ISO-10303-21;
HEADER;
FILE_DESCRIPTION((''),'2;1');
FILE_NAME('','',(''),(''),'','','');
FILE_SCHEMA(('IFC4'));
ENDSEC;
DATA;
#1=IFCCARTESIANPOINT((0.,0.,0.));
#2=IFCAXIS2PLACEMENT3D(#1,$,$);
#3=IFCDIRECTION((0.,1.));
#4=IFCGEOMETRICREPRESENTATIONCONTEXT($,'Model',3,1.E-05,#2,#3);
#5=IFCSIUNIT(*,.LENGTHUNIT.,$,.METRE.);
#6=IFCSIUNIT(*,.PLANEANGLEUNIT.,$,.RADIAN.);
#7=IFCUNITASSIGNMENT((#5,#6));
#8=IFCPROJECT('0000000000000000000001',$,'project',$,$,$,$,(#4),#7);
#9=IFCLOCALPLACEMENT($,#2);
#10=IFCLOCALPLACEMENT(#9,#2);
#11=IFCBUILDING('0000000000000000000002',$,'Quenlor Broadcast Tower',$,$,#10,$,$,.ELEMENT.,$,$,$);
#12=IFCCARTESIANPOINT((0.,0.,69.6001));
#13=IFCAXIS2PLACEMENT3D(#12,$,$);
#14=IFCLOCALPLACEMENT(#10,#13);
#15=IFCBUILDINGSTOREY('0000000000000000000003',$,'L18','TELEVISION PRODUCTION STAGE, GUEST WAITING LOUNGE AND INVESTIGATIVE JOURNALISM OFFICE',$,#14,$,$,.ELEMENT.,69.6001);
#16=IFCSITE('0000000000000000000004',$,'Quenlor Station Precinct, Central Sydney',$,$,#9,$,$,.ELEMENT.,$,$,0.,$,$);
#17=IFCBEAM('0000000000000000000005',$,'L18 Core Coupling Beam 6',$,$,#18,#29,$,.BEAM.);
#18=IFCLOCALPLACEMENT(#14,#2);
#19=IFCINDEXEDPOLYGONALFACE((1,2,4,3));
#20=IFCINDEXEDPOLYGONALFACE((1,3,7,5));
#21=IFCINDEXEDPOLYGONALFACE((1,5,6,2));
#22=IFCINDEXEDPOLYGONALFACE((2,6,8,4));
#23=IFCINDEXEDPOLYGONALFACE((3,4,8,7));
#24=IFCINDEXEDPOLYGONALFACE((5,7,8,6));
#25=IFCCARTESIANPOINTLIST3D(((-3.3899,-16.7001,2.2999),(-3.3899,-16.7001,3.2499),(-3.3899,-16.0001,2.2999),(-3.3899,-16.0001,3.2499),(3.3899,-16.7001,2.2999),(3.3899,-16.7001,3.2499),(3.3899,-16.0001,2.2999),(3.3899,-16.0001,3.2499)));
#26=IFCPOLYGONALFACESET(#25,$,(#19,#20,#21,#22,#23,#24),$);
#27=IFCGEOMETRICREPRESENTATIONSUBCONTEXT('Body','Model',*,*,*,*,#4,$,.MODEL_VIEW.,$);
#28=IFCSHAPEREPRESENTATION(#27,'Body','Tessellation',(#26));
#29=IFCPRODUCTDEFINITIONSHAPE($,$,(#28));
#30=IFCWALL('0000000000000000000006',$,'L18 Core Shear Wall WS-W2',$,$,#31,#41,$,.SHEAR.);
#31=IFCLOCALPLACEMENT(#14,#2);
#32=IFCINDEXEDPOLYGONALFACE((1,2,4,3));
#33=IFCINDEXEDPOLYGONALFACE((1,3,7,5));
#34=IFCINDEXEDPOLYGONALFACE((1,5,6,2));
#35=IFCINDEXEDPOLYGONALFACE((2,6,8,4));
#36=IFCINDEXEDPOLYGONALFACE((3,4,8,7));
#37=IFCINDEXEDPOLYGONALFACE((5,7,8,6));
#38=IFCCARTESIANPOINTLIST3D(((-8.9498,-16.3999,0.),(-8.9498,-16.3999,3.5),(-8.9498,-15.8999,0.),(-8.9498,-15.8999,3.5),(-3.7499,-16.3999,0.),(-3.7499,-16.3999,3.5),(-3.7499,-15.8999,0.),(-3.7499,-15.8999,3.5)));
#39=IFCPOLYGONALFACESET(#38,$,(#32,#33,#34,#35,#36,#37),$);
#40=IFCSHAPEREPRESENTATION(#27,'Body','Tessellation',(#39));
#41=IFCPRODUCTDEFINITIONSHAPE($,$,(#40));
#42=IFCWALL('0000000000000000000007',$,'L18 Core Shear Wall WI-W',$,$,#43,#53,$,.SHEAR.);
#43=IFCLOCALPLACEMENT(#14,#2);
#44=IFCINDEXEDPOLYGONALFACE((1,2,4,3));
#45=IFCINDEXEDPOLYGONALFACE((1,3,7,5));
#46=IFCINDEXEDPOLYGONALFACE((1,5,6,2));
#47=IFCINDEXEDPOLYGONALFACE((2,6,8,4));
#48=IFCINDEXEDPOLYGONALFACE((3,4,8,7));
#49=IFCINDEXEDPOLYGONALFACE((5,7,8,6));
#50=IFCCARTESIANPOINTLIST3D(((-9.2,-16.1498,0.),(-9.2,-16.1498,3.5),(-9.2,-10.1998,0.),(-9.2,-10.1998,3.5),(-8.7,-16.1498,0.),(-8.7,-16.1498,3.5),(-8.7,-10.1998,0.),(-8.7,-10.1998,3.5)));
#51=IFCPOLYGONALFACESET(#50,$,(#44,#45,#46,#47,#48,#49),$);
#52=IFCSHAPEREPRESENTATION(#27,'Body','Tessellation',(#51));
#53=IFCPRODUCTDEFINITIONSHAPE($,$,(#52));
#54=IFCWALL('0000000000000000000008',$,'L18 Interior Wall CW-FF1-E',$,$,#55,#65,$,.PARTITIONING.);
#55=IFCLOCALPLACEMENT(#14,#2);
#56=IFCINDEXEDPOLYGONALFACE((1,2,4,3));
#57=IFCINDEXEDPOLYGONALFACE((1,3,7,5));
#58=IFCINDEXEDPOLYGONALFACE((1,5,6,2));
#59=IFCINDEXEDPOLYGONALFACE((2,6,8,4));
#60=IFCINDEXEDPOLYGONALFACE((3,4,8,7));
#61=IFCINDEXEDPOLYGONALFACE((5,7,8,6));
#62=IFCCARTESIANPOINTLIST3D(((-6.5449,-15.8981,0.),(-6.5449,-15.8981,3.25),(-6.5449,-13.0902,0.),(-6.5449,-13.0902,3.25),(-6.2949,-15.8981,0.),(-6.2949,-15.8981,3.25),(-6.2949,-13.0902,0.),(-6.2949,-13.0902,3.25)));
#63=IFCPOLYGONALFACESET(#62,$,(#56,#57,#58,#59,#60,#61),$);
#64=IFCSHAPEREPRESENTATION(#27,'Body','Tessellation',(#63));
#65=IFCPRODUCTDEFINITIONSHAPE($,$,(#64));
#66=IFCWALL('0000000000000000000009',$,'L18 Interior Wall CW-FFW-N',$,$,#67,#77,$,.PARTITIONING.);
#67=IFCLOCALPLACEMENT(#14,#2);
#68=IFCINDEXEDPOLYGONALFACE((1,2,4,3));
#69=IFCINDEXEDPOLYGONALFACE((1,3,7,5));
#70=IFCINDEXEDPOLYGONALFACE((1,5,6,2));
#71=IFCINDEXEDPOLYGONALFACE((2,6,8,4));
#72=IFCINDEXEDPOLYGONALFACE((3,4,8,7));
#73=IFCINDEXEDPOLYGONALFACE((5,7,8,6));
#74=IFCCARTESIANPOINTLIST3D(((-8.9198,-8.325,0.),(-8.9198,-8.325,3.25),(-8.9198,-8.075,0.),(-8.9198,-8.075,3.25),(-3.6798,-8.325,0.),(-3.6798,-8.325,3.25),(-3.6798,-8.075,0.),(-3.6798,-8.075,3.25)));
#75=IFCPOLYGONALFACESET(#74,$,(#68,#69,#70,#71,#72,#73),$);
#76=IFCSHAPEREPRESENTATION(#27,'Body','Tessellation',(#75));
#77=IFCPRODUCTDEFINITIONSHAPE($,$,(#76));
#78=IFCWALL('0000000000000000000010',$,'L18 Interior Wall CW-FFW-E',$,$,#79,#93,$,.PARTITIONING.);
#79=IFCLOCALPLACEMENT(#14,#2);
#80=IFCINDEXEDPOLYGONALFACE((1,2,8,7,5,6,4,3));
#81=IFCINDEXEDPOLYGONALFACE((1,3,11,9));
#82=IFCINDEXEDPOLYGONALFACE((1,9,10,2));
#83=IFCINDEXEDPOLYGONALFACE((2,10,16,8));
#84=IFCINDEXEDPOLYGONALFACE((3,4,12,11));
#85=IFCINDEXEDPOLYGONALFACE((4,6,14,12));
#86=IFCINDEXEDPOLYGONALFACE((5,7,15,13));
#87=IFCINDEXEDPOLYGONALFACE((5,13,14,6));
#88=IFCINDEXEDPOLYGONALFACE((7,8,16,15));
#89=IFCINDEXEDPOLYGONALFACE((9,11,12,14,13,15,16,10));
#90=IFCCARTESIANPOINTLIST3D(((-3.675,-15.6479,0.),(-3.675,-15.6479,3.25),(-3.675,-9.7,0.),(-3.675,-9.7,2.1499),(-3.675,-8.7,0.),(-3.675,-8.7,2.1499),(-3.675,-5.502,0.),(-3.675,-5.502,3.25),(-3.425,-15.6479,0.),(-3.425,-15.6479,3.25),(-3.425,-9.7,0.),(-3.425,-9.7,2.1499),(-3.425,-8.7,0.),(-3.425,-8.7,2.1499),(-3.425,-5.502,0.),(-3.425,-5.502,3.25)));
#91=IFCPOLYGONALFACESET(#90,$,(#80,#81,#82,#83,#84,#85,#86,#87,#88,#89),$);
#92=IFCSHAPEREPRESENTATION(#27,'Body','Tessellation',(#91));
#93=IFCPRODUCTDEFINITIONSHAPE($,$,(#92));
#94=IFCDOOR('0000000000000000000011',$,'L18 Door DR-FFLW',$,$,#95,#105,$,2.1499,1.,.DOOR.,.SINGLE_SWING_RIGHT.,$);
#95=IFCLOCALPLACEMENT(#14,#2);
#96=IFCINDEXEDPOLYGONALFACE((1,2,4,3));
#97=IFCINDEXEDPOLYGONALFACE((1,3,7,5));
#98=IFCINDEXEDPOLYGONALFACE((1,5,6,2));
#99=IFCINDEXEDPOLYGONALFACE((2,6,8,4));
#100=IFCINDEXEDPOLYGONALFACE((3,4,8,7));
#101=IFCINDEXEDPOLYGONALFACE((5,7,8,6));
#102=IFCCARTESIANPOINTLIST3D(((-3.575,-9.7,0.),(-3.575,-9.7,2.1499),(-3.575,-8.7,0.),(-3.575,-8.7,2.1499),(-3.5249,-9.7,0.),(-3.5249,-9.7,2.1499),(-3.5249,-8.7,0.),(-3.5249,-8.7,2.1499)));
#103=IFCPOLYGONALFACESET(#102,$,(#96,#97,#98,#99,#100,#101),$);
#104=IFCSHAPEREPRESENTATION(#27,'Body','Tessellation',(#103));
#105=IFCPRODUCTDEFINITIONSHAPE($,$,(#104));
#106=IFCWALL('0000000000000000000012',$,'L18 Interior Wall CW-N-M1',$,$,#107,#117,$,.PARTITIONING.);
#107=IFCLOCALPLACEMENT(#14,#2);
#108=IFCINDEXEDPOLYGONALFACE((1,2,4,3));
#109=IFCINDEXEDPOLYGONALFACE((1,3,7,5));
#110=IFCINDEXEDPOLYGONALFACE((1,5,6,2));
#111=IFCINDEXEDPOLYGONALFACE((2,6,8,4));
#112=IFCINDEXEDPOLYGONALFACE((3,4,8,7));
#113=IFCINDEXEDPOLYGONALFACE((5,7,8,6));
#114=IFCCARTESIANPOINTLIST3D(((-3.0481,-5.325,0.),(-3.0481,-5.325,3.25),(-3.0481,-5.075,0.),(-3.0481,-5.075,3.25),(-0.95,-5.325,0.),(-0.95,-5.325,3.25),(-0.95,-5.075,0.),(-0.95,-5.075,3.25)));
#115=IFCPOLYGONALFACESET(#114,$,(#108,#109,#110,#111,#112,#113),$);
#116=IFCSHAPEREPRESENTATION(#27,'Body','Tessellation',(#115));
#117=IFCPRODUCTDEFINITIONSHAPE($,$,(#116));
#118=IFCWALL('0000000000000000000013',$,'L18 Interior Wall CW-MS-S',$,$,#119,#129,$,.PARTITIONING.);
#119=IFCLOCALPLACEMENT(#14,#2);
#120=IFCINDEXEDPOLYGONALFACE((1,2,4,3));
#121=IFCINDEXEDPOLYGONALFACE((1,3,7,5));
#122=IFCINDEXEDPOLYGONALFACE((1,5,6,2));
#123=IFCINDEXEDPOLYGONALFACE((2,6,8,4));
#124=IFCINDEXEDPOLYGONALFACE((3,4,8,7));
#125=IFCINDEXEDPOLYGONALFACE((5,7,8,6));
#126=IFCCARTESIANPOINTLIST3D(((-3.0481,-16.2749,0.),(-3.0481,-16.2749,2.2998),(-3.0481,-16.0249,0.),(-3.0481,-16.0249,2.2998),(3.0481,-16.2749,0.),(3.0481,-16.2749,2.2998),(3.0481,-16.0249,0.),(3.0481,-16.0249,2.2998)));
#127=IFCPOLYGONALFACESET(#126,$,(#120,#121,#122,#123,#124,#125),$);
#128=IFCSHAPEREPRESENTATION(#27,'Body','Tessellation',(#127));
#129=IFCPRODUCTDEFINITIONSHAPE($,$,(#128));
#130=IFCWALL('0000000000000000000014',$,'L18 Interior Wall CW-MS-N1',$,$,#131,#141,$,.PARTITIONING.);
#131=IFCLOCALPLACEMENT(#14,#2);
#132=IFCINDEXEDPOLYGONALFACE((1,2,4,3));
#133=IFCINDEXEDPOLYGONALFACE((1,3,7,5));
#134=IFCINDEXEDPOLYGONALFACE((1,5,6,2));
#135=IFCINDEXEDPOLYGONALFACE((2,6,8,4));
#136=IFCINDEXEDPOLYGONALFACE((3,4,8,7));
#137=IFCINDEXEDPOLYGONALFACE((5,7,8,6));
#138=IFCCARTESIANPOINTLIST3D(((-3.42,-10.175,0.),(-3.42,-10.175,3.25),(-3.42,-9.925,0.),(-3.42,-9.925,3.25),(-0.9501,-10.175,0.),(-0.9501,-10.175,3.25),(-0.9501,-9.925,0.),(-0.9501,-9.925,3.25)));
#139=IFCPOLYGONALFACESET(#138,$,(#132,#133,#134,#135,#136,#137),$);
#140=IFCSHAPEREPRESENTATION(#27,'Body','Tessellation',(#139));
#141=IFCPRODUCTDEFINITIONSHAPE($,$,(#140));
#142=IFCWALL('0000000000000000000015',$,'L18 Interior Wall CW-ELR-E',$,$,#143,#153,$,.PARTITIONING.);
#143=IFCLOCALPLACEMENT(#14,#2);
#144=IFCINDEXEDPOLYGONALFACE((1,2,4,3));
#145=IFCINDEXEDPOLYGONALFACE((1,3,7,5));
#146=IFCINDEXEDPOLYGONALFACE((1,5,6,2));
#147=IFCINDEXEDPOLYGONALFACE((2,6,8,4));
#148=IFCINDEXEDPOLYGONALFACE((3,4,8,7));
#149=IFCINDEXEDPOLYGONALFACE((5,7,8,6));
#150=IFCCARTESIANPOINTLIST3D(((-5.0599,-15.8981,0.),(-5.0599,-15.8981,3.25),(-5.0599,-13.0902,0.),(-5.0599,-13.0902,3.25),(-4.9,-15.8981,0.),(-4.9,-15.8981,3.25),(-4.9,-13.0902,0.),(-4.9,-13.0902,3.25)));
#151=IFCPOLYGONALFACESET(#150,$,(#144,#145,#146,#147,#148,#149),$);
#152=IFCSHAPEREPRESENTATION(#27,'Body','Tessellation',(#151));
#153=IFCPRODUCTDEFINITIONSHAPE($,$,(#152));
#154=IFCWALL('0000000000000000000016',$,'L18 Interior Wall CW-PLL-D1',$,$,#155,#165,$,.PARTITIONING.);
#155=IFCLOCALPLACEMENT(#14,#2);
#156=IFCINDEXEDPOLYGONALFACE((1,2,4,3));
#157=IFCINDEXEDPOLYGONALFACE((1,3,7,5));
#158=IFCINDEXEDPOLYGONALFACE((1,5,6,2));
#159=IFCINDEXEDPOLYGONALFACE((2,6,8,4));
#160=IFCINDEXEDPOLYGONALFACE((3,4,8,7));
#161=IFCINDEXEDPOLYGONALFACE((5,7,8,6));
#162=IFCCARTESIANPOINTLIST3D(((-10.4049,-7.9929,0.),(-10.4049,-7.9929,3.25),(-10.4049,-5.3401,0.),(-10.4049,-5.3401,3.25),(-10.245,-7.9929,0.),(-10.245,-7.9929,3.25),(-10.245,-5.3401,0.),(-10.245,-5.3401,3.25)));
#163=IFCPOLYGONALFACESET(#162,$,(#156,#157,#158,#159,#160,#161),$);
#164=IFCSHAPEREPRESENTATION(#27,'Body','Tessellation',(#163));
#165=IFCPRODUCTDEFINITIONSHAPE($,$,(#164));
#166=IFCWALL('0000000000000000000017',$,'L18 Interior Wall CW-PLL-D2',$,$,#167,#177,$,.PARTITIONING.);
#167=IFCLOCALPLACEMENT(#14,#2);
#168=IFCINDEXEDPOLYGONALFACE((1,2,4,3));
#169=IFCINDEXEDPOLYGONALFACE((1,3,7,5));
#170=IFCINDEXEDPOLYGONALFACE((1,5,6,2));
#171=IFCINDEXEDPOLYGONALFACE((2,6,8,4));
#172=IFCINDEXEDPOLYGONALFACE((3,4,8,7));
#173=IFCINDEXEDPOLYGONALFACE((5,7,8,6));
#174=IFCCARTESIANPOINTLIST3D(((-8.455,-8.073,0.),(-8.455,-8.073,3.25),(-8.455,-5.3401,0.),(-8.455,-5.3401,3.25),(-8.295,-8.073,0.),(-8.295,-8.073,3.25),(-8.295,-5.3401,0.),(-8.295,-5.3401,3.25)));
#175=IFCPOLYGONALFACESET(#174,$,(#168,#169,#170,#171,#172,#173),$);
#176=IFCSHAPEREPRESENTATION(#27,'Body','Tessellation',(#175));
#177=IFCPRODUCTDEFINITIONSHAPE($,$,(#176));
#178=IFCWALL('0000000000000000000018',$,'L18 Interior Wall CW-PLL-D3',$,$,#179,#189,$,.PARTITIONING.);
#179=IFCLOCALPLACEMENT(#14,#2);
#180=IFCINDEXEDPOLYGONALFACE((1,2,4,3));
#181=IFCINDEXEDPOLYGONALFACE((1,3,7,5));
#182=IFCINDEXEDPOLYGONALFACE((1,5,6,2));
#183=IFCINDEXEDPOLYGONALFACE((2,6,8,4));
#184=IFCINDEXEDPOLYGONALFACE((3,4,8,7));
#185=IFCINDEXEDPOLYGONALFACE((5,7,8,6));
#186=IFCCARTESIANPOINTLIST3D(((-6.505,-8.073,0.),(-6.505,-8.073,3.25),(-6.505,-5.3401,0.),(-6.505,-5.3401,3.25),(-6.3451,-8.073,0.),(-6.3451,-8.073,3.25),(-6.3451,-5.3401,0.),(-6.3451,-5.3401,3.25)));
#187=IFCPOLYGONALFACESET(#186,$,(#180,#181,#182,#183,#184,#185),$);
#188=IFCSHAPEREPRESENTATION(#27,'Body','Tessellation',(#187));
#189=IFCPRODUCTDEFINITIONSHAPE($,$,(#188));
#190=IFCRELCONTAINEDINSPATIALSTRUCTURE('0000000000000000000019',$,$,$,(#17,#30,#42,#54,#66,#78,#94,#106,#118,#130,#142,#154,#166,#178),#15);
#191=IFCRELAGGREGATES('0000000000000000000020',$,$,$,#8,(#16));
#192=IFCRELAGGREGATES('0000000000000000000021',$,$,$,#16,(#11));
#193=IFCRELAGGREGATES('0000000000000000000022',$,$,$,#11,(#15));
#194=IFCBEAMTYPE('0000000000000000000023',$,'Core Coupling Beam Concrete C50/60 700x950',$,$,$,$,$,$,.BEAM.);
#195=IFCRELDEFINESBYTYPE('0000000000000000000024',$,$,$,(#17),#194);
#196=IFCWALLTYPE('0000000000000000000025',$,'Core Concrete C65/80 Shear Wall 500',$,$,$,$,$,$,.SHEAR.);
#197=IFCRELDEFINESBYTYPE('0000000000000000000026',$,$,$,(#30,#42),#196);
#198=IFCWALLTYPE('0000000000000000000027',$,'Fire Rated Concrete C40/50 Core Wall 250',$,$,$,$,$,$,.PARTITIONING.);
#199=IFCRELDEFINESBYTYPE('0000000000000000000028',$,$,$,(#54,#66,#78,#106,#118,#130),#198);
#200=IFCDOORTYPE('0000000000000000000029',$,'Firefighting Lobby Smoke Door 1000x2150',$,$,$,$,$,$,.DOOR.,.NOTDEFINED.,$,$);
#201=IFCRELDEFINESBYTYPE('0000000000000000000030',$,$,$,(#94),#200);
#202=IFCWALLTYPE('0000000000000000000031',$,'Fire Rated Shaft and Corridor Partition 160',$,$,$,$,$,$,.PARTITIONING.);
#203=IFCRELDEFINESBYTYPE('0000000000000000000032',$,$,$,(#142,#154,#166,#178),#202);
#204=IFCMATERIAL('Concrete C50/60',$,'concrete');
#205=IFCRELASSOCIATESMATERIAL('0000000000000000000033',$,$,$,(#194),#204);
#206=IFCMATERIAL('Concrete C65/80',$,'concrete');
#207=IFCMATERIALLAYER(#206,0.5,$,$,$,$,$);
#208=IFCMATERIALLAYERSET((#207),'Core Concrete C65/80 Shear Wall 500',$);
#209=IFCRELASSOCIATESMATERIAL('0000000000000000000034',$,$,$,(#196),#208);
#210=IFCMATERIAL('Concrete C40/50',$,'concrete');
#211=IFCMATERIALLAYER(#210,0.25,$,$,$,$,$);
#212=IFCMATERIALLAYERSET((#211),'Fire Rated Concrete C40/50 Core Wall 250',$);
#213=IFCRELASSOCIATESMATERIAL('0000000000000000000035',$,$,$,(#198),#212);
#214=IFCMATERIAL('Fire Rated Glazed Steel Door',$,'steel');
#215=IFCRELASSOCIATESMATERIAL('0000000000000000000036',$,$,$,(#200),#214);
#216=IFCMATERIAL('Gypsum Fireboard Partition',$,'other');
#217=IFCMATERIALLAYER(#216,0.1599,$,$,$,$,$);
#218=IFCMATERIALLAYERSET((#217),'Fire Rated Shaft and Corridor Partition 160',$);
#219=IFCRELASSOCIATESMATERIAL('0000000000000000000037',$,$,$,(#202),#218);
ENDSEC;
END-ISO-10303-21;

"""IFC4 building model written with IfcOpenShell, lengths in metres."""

from ifc_helpers import new_model, si_unit, direction, frame, frame_2d, origin, origin_2d, place, context, subcontext, project, spatial, rectangle, extrude, material, layer, layer_set, material_profile, profile_set, type_object, element, fill, save


model = new_model("IFC4")

# Units and contexts
model_context = context("Model", 3, precision=1e-05, world=origin(), true_north=direction((0.0, 1.0)))
body_context = subcontext(model_context, "Body", "Model", "MODEL_VIEW")
ifc_project = project(units=[si_unit("LENGTHUNIT", "METRE"), si_unit("PLANEANGLEUNIT", "RADIAN")], contexts=[model_context])

# Site, building, storey
site_placement = place(None, origin())
site = spatial("IfcSite", under=ifc_project, at=site_placement, Name="Quenlor Station Precinct, Central Sydney", CompositionType="ELEMENT", RefElevation=0.0)
building_placement = place(site_placement, origin())
building = spatial("IfcBuilding", under=site, at=building_placement, Name="Quenlor Broadcast Tower", CompositionType="ELEMENT")
storey_placement = place(building_placement, frame((0.0, 0.0, 69.6001)))
storey = spatial("IfcBuildingStorey", under=building, at=storey_placement, Name="L18", Description="TELEVISION PRODUCTION STAGE, GUEST WAITING LOUNGE AND INVESTIGATIVE JOURNALISM OFFICE", CompositionType="ELEMENT", Elevation=69.6001)

# Beam
ifc_material_1 = material(Name="Concrete C50/60", Category="concrete")
ifc_material_profile = material_profile(ifc_material_1, rectangle(XDim=0.7, YDim=0.95, at=origin_2d()))
ifc_profile_set = profile_set([ifc_material_profile], Name="Concrete C50/60 RCB700x950")
beam_type = type_object("IfcBeamType", Name="Core Coupling Beam Concrete C50/60 700x950", PredefinedType="BEAM", material=ifc_profile_set)
beam_placement = place(storey_placement, frame((-3.3899, -16.3501, 2.7749), z_axis=(1.0, 0.0, 0.0), x_axis=(0.0, 1.0, 0.0)))
element("IfcBeam", 1, at=beam_placement, inside=storey, type_object=beam_type, Name="L18 Core Coupling Beam 6", PredefinedType="BEAM", context=body_context, shape_type="SweptSolid", body=[
    extrude(rectangle(XDim=0.7, YDim=0.95, at=origin_2d()), origin(), (0.0, 0.0, 1.0), 6.7798),
])

# Walls
ifc_material_2 = material(Name="Concrete C65/80", Category="concrete")
ifc_layer_1 = layer(ifc_material_2, 0.5)
ifc_layer_set_1 = layer_set([ifc_layer_1], Name="Core Concrete C65/80 Shear Wall 500")
wall_type_1 = type_object("IfcWallType", Name="Core Concrete C65/80 Shear Wall 500", PredefinedType="SHEAR", material=ifc_layer_set_1)
wall_1_placement = place(storey_placement, frame((-8.95, -16.1499, 0.0), z_axis=(0.0, 0.0, 1.0), x_axis=(1.0, 0.0, 0.0)))
element("IfcWall", 2, at=wall_1_placement, inside=storey, type_object=wall_type_1, Name="L18 Core Shear Wall WS-W2", PredefinedType="SHEAR", context=body_context, shape_type="SweptSolid", body=[
    extrude(rectangle(XDim=5.2, YDim=0.5, at=frame_2d((2.6001, 0.0))), origin(), (0.0, 0.0, 1.0), 3.5),
])
wall_2_placement = place(storey_placement, frame((-8.95, -16.1499, 0.0), z_axis=(0.0, 0.0, 1.0), x_axis=(0.0, 1.0, 0.0)))
element("IfcWall", 3, at=wall_2_placement, inside=storey, type_object=wall_type_1, Name="L18 Core Shear Wall WI-W", PredefinedType="SHEAR", context=body_context, shape_type="SweptSolid", body=[
    extrude(rectangle(XDim=5.95, YDim=0.5, at=frame_2d((2.9751, 0.0))), origin(), (0.0, 0.0, 1.0), 3.5),
])

# Shared definitions
ifc_material_3 = material(Name="Concrete C40/50", Category="concrete")
ifc_layer_2 = layer(ifc_material_3, 0.25)
ifc_layer_set_2 = layer_set([ifc_layer_2], Name="Fire Rated Concrete C40/50 Core Wall 250")
wall_type_2 = type_object("IfcWallType", Name="Fire Rated Concrete C40/50 Core Wall 250", PredefinedType="PARTITIONING", material=ifc_layer_set_2)

# Walls
wall_3_placement = place(storey_placement, frame((-6.4199, -15.8979, 0.0), z_axis=(0.0, 0.0, 1.0), x_axis=(0.0, 1.0, 0.0)))
element("IfcWall", 4, at=wall_3_placement, inside=storey, type_object=wall_type_2, Name="L18 Interior Wall CW-FF1-E", PredefinedType="PARTITIONING", context=body_context, shape_type="SweptSolid", body=[
    extrude(rectangle(XDim=2.8079, YDim=0.25, at=frame_2d((1.4038, 0.0))), origin(), (0.0, 0.0, 1.0), 3.25),
])
wall_4_placement = place(storey_placement, frame((-8.9199, -8.2, 0.0), z_axis=(0.0, 0.0, 1.0), x_axis=(1.0, 0.0, 0.0)))
element("IfcWall", 5, at=wall_4_placement, inside=storey, type_object=wall_type_2, Name="L18 Interior Wall CW-FFW-N", PredefinedType="PARTITIONING", context=body_context, shape_type="SweptSolid", body=[
    extrude(rectangle(XDim=5.24, YDim=0.25, at=frame_2d((2.6201, 0.0))), origin(), (0.0, 0.0, 1.0), 3.25),
])

# Wall, opening, door
wall_5_placement = place(storey_placement, frame((-3.55, -15.6479, 0.0), z_axis=(0.0, 0.0, 1.0), x_axis=(0.0, 1.0, 0.0)))
wall_5 = element("IfcWall", 6, at=wall_5_placement, inside=storey, type_object=wall_type_2, Name="L18 Interior Wall CW-FFW-E", PredefinedType="PARTITIONING", context=body_context, shape_type="SweptSolid", body=[
    extrude(rectangle(XDim=10.146, YDim=0.25, at=frame_2d((5.073, 0.0))), origin(), (0.0, 0.0, 1.0), 3.25),
])
opening_1_placement = place(wall_5_placement, frame((5.948, 0.0, 0.0)))
opening_1 = element("IfcOpeningElement", 7, at=opening_1_placement, cuts=wall_5, PredefinedType="OPENING", context=body_context, shape_type="SweptSolid", body=[
    extrude(rectangle(XDim=1.0, YDim=2.1499, at=frame_2d((0.5, 1.075))), frame((0.0, 0.135, 0.0), z_axis=(0.0, -1.0, 0.0), x_axis=(1.0, 0.0, 0.0)), (0.0, 0.0, 1.0), 0.27),
])
ifc_material_4 = material(Name="Fire Rated Glazed Steel Door", Category="steel")
door_type_1 = type_object("IfcDoorType", Name="Firefighting Lobby Smoke Door 1000x2150", OperationType="NOTDEFINED", PredefinedType="DOOR", material=ifc_material_4)
door_1_placement = place(opening_1_placement, origin())
door_1 = element("IfcDoor", 8, at=door_1_placement, inside=storey, type_object=door_type_1, Name="L18 Door DR-FFLW", OperationType="SINGLE_SWING_RIGHT", OverallHeight=2.1499, OverallWidth=1.0, PredefinedType="DOOR", context=body_context, shape_type="SweptSolid", body=[
    extrude(rectangle(XDim=1.0, YDim=2.1499, at=frame_2d((0.5, 1.075))), frame((0.0, 0.0249, 0.0), z_axis=(0.0, -1.0, 0.0), x_axis=(1.0, 0.0, 0.0)), (0.0, 0.0, 1.0), 0.05),
])
fill(opening_1, door_1)

# Walls
wall_6_placement = place(storey_placement, frame((-3.0481, -5.2, 0.0), z_axis=(0.0, 0.0, 1.0), x_axis=(1.0, 0.0, 0.0)))
element("IfcWall", 9, at=wall_6_placement, inside=storey, type_object=wall_type_2, Name="L18 Interior Wall CW-N-M1", PredefinedType="PARTITIONING", context=body_context, shape_type="SweptSolid", body=[
    extrude(rectangle(XDim=2.0981, YDim=0.25, at=frame_2d((1.0491, 0.0))), origin(), (0.0, 0.0, 1.0), 3.25),
])
wall_7_placement = place(storey_placement, frame((-3.0481, -16.1499, 0.0), z_axis=(0.0, 0.0, 1.0), x_axis=(1.0, 0.0, 0.0)))
element("IfcWall", 10, at=wall_7_placement, inside=storey, type_object=wall_type_2, Name="L18 Interior Wall CW-MS-S", PredefinedType="PARTITIONING", context=body_context, shape_type="SweptSolid", body=[
    extrude(rectangle(XDim=6.0962, YDim=0.25, at=frame_2d((3.0481, 0.0))), origin(), (0.0, 0.0, 1.0), 2.2998),
])
wall_8_placement = place(storey_placement, frame((-3.4199, -10.05, 0.0), z_axis=(0.0, 0.0, 1.0), x_axis=(1.0, 0.0, 0.0)))
element("IfcWall", 11, at=wall_8_placement, inside=storey, type_object=wall_type_2, Name="L18 Interior Wall CW-MS-N1", PredefinedType="PARTITIONING", context=body_context, shape_type="SweptSolid", body=[
    extrude(rectangle(XDim=2.47, YDim=0.25, at=frame_2d((1.2349, 0.0))), origin(), (0.0, 0.0, 1.0), 3.25),
])
ifc_material_5 = material(Name="Gypsum Fireboard Partition", Category="other")
ifc_layer_3 = layer(ifc_material_5, 0.1599)
ifc_layer_set_3 = layer_set([ifc_layer_3], Name="Fire Rated Shaft and Corridor Partition 160")
wall_type_3 = type_object("IfcWallType", Name="Fire Rated Shaft and Corridor Partition 160", PredefinedType="PARTITIONING", material=ifc_layer_set_3)
wall_9_placement = place(storey_placement, frame((-4.98, -15.8979, 0.0), z_axis=(0.0, 0.0, 1.0), x_axis=(0.0, 1.0, 0.0)))
element("IfcWall", 12, at=wall_9_placement, inside=storey, type_object=wall_type_3, Name="L18 Interior Wall CW-ELR-E", PredefinedType="PARTITIONING", context=body_context, shape_type="SweptSolid", body=[
    extrude(rectangle(XDim=2.8079, YDim=0.1599, at=frame_2d((1.4038, 0.0))), origin(), (0.0, 0.0, 1.0), 3.25),
])
wall_10_placement = place(storey_placement, frame((-10.325, -7.9929, 0.0), z_axis=(0.0, 0.0, 1.0), x_axis=(0.0, 1.0, 0.0)))
element("IfcWall", 13, at=wall_10_placement, inside=storey, type_object=wall_type_3, Name="L18 Interior Wall CW-PLL-D1", PredefinedType="PARTITIONING", context=body_context, shape_type="SweptSolid", body=[
    extrude(rectangle(XDim=2.6528, YDim=0.1599, at=frame_2d((1.3264, 0.0))), origin(), (0.0, 0.0, 1.0), 3.25),
])
for number, where, z_axis, x_axis, name in (
    (14, (-8.375, -8.073, 0.0), (0.0, 0.0, 1.0), (0.0, 1.0, 0.0), "L18 Interior Wall CW-PLL-D2"),
    (15, (-6.425, -8.073, 0.0), (0.0, 0.0, 1.0), (0.0, 1.0, 0.0), "L18 Interior Wall CW-PLL-D3"),
):
    element("IfcWall", number, at=place(storey_placement, frame(where, z_axis=z_axis, x_axis=x_axis)), inside=storey, type_object=wall_type_3, Name=name, PredefinedType="PARTITIONING", context=body_context, shape_type="SweptSolid", body=[
        extrude(rectangle(XDim=2.7329, YDim=0.1599, at=frame_2d((1.3665, 0.0))), origin(), (0.0, 0.0, 1.0), 3.25),
    ])

save(model, "model.ifc")
